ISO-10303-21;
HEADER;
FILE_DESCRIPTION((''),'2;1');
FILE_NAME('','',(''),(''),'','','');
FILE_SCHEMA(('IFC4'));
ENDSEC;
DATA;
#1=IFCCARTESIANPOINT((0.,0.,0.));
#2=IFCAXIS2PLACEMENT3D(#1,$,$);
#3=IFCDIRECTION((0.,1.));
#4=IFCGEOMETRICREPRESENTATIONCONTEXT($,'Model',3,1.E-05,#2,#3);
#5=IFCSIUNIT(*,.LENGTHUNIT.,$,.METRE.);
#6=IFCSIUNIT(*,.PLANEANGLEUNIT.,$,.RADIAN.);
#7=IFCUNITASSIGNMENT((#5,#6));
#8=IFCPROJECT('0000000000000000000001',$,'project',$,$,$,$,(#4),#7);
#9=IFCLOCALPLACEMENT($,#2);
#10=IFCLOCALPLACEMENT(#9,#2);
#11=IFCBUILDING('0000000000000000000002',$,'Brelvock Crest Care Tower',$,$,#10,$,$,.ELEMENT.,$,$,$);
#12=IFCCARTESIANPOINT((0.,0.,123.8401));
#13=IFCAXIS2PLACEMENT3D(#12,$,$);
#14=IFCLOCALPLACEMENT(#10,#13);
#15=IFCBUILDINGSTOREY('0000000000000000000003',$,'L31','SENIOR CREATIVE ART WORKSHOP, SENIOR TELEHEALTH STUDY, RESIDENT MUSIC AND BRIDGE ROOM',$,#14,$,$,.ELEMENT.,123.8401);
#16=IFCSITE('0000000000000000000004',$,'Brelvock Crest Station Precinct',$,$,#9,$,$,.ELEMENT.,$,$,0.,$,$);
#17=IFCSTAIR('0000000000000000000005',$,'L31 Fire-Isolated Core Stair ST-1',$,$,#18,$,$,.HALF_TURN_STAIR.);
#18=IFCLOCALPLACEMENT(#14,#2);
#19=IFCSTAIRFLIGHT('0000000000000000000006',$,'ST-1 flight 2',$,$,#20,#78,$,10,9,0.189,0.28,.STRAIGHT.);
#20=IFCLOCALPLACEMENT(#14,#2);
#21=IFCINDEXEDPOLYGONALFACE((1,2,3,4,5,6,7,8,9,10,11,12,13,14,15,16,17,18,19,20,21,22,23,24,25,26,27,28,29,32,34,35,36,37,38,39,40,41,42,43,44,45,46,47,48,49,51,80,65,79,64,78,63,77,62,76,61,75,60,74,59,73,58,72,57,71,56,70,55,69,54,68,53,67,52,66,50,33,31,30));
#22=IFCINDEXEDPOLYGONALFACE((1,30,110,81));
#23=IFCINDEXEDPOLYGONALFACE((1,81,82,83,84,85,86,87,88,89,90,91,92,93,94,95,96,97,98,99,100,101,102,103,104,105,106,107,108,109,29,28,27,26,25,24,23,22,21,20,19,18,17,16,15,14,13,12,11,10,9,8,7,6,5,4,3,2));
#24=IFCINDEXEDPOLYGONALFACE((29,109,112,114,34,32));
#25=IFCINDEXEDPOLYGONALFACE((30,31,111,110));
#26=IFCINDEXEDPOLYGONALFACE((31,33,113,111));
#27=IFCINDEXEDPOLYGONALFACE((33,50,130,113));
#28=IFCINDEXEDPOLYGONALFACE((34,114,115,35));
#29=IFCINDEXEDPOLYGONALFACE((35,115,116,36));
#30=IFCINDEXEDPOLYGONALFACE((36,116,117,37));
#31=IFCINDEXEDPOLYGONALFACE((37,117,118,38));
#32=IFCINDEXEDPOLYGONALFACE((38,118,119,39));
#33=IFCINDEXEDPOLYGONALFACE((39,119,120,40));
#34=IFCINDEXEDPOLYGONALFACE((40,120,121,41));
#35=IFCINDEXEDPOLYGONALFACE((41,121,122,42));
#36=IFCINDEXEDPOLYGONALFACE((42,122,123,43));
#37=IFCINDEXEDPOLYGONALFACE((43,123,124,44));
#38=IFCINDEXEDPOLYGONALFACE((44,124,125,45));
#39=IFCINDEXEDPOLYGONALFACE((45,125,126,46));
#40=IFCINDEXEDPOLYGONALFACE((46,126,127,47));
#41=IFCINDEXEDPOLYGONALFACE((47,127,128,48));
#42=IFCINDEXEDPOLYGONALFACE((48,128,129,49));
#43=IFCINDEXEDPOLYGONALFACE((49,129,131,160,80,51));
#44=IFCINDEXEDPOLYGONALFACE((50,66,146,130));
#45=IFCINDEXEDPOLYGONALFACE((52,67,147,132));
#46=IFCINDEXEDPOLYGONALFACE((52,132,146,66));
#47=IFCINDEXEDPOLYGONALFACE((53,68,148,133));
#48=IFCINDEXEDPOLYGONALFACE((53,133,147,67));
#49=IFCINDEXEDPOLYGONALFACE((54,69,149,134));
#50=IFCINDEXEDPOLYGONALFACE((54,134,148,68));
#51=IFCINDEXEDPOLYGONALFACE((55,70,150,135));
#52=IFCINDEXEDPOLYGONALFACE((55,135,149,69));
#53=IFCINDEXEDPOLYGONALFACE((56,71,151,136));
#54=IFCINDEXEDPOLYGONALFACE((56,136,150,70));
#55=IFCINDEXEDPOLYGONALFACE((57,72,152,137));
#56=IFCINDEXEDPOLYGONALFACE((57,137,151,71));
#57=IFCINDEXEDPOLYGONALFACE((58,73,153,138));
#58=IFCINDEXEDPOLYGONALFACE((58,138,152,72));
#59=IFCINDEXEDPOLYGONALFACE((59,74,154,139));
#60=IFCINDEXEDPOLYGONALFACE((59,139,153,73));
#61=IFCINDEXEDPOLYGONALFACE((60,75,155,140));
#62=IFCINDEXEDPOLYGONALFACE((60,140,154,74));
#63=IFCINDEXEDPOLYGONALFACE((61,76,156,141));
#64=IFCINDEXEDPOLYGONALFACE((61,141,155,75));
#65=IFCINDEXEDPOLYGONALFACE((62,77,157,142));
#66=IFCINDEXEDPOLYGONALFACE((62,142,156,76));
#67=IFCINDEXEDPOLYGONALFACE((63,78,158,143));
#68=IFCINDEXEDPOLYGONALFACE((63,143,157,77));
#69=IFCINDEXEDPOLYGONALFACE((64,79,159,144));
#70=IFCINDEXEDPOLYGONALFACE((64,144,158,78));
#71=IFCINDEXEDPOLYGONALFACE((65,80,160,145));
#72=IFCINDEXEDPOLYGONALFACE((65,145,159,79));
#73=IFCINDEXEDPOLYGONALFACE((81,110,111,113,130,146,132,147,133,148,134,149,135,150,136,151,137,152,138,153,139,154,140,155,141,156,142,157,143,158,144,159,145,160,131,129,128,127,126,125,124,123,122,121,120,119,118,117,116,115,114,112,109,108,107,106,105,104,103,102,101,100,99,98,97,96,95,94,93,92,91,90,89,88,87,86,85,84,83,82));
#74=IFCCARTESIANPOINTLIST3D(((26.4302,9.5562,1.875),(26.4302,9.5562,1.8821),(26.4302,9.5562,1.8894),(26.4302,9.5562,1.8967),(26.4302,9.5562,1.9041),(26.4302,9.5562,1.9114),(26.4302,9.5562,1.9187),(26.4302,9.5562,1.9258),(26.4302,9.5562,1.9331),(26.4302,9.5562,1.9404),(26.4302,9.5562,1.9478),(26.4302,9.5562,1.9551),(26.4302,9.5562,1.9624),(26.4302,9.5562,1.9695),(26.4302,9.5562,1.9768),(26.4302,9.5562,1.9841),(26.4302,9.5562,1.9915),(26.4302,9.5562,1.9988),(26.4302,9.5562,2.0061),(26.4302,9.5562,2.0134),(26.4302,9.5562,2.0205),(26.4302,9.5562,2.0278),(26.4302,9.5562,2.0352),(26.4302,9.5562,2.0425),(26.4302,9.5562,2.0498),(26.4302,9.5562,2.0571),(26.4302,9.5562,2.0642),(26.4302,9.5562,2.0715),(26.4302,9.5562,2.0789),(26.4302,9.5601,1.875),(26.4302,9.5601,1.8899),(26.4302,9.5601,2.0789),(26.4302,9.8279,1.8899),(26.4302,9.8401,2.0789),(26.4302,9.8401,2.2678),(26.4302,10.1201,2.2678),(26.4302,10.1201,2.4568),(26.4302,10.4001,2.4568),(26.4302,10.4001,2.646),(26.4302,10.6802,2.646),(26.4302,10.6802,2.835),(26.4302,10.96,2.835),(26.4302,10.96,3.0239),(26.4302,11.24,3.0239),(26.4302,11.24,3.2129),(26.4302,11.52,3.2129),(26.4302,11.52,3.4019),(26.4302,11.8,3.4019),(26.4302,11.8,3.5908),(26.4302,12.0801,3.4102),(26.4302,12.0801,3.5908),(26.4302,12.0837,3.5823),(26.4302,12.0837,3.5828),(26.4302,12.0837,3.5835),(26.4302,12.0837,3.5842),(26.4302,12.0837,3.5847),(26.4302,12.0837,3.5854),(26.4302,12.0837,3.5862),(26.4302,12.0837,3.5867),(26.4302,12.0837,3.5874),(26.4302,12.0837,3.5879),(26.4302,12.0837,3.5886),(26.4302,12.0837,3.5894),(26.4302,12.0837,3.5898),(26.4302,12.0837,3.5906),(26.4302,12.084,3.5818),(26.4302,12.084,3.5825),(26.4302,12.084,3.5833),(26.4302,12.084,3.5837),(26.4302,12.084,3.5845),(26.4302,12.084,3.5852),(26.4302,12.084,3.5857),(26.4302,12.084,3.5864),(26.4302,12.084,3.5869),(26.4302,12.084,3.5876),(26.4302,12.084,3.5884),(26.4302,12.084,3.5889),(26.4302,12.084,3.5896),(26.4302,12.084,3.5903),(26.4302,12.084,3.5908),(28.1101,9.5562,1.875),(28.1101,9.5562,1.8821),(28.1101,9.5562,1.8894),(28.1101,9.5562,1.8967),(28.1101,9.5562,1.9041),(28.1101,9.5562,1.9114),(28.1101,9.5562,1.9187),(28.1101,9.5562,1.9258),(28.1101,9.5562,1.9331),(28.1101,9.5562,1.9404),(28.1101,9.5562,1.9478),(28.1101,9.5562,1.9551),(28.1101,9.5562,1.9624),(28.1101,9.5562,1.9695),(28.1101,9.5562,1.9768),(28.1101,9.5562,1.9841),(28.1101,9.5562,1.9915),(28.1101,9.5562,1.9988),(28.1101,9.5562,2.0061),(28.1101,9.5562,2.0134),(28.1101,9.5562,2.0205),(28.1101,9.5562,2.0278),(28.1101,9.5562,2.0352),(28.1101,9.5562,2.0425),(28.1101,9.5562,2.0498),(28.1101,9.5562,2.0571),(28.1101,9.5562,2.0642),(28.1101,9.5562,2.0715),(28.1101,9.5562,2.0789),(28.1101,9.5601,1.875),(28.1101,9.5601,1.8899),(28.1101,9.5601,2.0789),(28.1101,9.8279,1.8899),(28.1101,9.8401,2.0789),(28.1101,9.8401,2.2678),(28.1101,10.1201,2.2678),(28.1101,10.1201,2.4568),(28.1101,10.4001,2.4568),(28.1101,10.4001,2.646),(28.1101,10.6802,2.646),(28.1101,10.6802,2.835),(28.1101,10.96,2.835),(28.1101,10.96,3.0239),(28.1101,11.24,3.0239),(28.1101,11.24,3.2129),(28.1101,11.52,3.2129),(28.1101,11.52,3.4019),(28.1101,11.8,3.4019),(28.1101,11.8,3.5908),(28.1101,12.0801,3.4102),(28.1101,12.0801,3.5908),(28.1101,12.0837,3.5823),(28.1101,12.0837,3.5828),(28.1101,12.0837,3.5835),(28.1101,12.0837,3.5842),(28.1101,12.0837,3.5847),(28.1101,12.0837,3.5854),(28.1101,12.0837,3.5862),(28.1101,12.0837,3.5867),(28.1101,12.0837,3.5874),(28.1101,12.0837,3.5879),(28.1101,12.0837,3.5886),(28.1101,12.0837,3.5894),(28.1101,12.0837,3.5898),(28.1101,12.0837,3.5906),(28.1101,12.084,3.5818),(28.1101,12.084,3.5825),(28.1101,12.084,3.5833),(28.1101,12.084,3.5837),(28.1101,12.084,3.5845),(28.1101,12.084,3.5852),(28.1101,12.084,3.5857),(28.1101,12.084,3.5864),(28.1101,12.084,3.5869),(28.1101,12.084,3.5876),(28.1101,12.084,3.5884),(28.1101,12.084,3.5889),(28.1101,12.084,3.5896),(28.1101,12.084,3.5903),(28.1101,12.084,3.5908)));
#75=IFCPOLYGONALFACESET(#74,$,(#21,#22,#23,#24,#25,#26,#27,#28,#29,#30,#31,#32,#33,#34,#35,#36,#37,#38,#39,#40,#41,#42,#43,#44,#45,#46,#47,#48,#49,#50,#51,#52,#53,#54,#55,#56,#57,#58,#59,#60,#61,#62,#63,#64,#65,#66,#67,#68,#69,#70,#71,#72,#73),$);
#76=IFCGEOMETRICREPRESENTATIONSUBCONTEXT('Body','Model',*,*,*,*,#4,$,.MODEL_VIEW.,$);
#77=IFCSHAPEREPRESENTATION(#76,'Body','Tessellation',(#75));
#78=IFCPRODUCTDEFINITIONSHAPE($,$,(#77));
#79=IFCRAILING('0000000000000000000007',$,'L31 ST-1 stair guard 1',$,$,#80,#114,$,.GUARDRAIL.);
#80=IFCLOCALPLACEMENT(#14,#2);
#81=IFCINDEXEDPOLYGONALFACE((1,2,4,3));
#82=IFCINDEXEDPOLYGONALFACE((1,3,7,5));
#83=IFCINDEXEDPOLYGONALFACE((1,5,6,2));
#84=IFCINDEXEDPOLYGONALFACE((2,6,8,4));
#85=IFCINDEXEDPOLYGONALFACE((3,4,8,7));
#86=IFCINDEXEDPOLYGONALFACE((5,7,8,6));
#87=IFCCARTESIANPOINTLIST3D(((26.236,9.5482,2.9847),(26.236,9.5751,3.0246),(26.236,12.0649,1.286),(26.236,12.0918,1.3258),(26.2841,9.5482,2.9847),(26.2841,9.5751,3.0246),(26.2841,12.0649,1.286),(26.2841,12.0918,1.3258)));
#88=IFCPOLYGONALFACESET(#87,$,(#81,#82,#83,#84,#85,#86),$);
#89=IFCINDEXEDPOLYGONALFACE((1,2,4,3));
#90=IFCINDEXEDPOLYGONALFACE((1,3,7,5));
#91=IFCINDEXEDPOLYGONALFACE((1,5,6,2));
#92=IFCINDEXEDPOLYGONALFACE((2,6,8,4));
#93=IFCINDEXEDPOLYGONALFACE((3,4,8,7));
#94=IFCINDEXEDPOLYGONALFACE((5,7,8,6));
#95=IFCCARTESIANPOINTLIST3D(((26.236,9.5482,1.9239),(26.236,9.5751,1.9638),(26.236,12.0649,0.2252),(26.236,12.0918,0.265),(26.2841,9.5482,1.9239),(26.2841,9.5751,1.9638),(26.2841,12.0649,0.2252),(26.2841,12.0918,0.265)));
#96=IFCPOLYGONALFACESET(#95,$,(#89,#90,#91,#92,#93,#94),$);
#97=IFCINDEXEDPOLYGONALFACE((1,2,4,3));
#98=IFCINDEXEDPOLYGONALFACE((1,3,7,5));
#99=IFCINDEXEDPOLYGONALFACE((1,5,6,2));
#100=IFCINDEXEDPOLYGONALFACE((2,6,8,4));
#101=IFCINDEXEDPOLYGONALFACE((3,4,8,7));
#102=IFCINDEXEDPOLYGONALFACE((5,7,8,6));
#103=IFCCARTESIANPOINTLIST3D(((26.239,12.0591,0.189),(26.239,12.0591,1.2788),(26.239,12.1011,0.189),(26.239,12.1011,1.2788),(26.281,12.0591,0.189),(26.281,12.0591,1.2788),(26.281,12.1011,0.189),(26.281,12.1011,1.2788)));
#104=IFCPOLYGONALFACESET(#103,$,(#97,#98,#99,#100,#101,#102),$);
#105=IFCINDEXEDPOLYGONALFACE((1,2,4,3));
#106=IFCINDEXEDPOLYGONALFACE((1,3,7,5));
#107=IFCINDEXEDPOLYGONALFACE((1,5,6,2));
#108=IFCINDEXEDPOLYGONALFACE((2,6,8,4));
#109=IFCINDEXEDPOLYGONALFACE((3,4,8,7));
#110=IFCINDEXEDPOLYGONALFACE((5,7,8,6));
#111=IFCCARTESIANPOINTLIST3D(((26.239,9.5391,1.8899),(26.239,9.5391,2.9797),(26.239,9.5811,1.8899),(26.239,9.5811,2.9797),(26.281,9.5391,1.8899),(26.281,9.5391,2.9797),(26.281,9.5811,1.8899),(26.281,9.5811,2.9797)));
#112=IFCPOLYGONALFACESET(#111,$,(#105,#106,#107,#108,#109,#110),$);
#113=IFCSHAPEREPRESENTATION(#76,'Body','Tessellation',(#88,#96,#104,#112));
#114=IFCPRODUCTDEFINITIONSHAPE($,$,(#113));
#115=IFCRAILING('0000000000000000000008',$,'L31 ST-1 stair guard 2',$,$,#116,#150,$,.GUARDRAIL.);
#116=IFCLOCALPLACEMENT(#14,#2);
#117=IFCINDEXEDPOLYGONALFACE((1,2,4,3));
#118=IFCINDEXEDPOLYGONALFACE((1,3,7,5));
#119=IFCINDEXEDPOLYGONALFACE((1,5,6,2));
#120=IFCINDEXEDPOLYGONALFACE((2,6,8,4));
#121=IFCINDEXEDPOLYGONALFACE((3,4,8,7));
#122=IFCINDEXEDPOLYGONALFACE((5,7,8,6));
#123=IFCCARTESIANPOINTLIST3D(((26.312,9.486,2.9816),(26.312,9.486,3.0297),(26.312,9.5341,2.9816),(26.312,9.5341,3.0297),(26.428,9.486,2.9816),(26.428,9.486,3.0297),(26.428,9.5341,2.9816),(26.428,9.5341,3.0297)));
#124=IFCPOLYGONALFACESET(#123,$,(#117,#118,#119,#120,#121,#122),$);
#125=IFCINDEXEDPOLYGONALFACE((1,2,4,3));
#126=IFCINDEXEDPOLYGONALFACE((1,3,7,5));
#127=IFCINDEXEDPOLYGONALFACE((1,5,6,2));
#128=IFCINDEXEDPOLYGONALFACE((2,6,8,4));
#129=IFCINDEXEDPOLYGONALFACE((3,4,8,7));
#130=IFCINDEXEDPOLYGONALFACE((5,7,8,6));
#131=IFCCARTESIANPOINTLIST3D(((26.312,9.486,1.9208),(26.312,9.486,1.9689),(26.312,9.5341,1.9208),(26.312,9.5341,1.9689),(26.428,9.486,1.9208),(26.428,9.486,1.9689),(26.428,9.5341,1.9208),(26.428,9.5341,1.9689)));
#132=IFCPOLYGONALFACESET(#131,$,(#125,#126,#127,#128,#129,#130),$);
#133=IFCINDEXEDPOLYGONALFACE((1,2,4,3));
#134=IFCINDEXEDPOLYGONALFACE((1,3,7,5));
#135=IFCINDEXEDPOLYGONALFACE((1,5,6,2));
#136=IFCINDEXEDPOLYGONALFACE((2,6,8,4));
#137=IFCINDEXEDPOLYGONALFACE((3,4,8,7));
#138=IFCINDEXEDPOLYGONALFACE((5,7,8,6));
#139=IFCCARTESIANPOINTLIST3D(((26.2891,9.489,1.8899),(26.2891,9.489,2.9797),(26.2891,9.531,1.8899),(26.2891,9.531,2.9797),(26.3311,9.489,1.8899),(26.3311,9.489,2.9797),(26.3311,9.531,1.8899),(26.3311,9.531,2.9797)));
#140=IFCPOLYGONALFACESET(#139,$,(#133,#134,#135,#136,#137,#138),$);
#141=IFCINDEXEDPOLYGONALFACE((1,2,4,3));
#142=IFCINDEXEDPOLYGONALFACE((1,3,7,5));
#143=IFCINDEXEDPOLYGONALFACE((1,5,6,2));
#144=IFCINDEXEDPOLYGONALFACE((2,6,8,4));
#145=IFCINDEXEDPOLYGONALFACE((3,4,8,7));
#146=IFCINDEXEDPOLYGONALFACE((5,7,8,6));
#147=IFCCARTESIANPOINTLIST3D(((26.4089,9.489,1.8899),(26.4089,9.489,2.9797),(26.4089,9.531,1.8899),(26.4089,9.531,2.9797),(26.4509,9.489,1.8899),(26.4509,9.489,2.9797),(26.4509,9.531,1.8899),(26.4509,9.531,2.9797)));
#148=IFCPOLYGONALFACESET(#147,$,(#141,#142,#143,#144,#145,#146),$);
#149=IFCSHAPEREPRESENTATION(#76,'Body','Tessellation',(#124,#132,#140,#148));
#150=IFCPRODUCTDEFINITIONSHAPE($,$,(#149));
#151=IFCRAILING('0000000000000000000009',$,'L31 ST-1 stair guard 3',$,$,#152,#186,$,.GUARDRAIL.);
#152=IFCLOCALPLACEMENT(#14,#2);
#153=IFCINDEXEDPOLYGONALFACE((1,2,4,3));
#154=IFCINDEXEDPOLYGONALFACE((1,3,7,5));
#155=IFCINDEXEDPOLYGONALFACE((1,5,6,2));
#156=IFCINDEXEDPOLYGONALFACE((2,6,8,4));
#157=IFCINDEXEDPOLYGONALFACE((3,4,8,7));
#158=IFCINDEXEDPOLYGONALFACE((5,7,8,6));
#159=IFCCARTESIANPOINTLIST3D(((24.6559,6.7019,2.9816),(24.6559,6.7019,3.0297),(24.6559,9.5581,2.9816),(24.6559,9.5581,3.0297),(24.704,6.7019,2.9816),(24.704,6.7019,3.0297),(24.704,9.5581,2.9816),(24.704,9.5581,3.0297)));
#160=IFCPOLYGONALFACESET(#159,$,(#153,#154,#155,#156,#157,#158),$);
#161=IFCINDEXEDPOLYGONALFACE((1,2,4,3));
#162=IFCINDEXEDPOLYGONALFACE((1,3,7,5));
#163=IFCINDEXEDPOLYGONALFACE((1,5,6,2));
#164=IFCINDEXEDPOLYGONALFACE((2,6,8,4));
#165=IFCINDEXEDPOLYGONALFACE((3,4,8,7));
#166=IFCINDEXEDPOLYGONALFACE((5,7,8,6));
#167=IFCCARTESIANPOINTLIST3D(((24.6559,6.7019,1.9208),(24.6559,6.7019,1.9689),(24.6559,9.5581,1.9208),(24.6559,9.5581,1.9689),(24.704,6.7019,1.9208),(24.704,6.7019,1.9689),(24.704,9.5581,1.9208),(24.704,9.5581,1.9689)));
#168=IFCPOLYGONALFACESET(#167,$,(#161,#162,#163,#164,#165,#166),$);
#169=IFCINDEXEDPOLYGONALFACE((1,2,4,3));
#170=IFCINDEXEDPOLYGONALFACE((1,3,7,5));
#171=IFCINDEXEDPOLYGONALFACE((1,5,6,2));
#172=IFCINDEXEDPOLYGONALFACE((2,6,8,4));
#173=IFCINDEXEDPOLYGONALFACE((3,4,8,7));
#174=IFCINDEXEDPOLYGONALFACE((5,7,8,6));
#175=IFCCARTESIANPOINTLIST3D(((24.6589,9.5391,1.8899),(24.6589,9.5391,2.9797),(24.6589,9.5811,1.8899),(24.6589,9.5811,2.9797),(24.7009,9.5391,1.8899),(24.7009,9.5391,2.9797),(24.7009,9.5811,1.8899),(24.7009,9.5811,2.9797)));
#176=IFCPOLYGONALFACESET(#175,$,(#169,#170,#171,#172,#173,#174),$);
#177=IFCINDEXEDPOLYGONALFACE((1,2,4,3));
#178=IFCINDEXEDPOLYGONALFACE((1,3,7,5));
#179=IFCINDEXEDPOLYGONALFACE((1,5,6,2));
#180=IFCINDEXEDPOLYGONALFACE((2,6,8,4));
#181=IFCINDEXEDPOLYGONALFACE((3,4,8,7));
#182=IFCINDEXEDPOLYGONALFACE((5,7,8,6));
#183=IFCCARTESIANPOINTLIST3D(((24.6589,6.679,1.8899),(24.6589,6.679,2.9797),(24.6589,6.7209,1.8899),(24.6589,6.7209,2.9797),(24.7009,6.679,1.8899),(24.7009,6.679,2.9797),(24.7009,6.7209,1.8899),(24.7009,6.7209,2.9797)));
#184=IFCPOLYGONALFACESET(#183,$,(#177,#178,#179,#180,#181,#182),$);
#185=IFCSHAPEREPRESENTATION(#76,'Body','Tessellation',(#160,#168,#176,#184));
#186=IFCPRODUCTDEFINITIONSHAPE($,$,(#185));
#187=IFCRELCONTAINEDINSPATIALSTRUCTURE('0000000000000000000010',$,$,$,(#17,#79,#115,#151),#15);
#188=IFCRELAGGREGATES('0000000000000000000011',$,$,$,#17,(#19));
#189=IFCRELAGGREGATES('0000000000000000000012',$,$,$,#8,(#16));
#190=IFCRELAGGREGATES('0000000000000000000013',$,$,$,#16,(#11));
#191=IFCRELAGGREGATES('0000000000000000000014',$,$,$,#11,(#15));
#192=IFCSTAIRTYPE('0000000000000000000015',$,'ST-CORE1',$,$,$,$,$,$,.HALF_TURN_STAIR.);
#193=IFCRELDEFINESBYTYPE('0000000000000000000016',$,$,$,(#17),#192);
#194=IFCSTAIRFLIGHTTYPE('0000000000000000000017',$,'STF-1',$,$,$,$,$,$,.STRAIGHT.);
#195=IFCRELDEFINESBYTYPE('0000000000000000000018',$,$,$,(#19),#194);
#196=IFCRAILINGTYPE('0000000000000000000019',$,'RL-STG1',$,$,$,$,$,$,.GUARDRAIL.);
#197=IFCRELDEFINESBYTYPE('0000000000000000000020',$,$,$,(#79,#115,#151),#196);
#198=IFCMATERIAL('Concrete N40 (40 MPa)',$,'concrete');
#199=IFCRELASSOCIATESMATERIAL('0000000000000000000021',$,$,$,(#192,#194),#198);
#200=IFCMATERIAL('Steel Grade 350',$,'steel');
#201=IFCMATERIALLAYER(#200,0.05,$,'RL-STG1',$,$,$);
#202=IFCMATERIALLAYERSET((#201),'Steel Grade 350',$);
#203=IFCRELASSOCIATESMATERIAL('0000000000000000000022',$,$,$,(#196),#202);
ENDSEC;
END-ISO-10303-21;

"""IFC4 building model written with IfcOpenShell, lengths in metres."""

from ifc_helpers import new_model, si_unit, direction, frame, origin, origin_2d, place, context, subcontext, project, spatial, polyline, rectangle, outline, extrude, material, layer, layer_set, type_object, element, aggregate, save


model = new_model("IFC4")

# Units and contexts
model_context = context("Model", 3, precision=1e-05, world=origin(), true_north=direction((0.0, 1.0)))
body_context = subcontext(model_context, "Body", "Model", "MODEL_VIEW")
ifc_project = project(units=[si_unit("LENGTHUNIT", "METRE"), si_unit("PLANEANGLEUNIT", "RADIAN")], contexts=[model_context])

# Site, building, storey
site_placement = place(None, origin())
site = spatial("IfcSite", under=ifc_project, at=site_placement, Name="Brelvock Crest Station Precinct", CompositionType="ELEMENT", RefElevation=0.0)
building_placement = place(site_placement, origin())
building = spatial("IfcBuilding", under=site, at=building_placement, Name="Brelvock Crest Care Tower", CompositionType="ELEMENT")
storey_placement = place(building_placement, frame((0.0, 0.0, 123.8401)))
storey = spatial("IfcBuildingStorey", under=building, at=storey_placement, Name="L31", Description="SENIOR CREATIVE ART WORKSHOP, SENIOR TELEHEALTH STUDY, RESIDENT MUSIC AND BRIDGE ROOM", CompositionType="ELEMENT", Elevation=123.8401)

# Shared definitions
ifc_material_1 = material(Name="Steel Grade 350", Category="steel")

# Stair, stair flight
ifc_material_2 = material(Name="Concrete N40 (40 MPa)", Category="concrete")
stair_type = type_object("IfcStairType", Name="ST-CORE1", PredefinedType="HALF_TURN_STAIR", material=ifc_material_2)
stair_placement = place(storey_placement, origin())
stair = element("IfcStair", 1, at=stair_placement, inside=storey, type_object=stair_type, Name="L31 Fire-Isolated Core Stair ST-1", PredefinedType="HALF_TURN_STAIR")
stair_flight_type = type_object("IfcStairFlightType", Name="STF-1", PredefinedType="STRAIGHT", material=ifc_material_2)
stair_flight_1_placement = place(storey_placement, frame((27.27, 9.5601, 1.8899), z_axis=(0.0, 0.0, 1.0), x_axis=(0.0, 1.0, 0.0)))
stair_flight_1 = element("IfcStairFlight", 2, at=stair_flight_1_placement, type_object=stair_flight_type, Name="ST-1 flight 2", NumberOfRisers=10, NumberOfTreads=9, PredefinedType="STRAIGHT", RiserHeight=0.189, TreadLength=0.28, context=body_context, shape_type="SweptSolid", body=[
    extrude(outline(polyline([(-0.0039, -0.0149), (-0.0039, -0.0078), (-0.0039, -0.0005), (-0.0039, 0.0068), (-0.0039, 0.0142), (-0.0039, 0.0215), (-0.0039, 0.0288), (-0.0039, 0.0359), (-0.0039, 0.0432), (-0.0039, 0.0505), (-0.0039, 0.0579), (-0.0039, 0.0652), (-0.0039, 0.0725), (-0.0039, 0.0796), (-0.0039, 0.0869), (-0.0039, 0.0942), (-0.0039, 0.1016), (-0.0039, 0.1089), (-0.0039, 0.1162), (-0.0039, 0.1235), (-0.0039, 0.1306), (-0.0039, 0.1379), (-0.0039, 0.1453), (-0.0039, 0.1526), (-0.0039, 0.1599), (-0.0039, 0.1672), (-0.0039, 0.1743), (-0.0039, 0.1816), (-0.0039, 0.189), (0.0, 0.189), (0.28, 0.189), (0.28, 0.3779), (0.5601, 0.3779), (0.5601, 0.5669), (0.8401, 0.5669), (0.8401, 0.7561), (1.1201, 0.7561), (1.1201, 0.9451), (1.3999, 0.9451), (1.3999, 1.134), (1.6799, 1.134), (1.6799, 1.323), (1.96, 1.323), (1.96, 1.512), (2.24, 1.512), (2.24, 1.7009), (2.52, 1.7009), (2.5239, 1.7009), (2.5237, 1.7007), (2.5239, 1.7004), (2.5237, 1.7), (2.5239, 1.6997), (2.5237, 1.6995), (2.5239, 1.699), (2.5237, 1.6987), (2.5239, 1.6985), (2.5237, 1.698), (2.5239, 1.6978), (2.5237, 1.6975), (2.5239, 1.697), (2.5237, 1.6968), (2.5239, 1.6965), (2.5237, 1.6963), (2.5239, 1.6958), (2.5237, 1.6956), (2.5239, 1.6953), (2.5237, 1.6948), (2.5239, 1.6946), (2.5237, 1.6943), (2.5239, 1.6938), (2.5237, 1.6936), (2.5239, 1.6934), (2.5237, 1.6929), (2.5239, 1.6926), (2.5237, 1.6924), (2.5239, 1.6919), (2.52, 1.5203), (0.2678, 0.0), (0.0, 0.0), (0.0, -0.0149), (-0.0039, -0.0149)])), frame((0.0, 0.8398, 0.0), z_axis=(0.0, -1.0, 0.0), x_axis=(1.0, 0.0, 0.0)), (0.0, 0.0, 1.0), 1.6799),
])
aggregate(stair, [stair_flight_1])

# Railings
ifc_layer_1 = layer(ifc_material_1, 0.05, Name="RL-STG1")
ifc_layer_set_1 = layer_set([ifc_layer_1], Name="Steel Grade 350")
railing_type_1 = type_object("IfcRailingType", Name="RL-STG1", PredefinedType="GUARDRAIL", material=ifc_layer_set_1)
railing_1_placement = place(storey_placement, frame((26.26, 12.0801, 0.189)))
element("IfcRailing", 3, at=railing_1_placement, inside=storey, type_object=railing_type_1, Name="L31 ST-1 stair guard 1", PredefinedType="GUARDRAIL", context=body_context, shape_type="SweptSolid", body=[
    extrude(rectangle(XDim=0.0481, YDim=0.0481, at=origin_2d()), frame((0.0, -0.0017, 1.1169), z_axis=(0.0, -0.828862, 0.559454), x_axis=(1.0, 0.0, 0.0)), (0.0, 0.0, 1.0), 3.0364),
    extrude(rectangle(XDim=0.0481, YDim=0.0481, at=origin_2d()), frame((0.0, -0.0017, 0.0562), z_axis=(0.0, -0.828862, 0.559454), x_axis=(1.0, 0.0, 0.0)), (0.0, 0.0, 1.0), 3.0364),
    extrude(rectangle(XDim=0.042, YDim=0.042, at=origin_2d()), origin(), (0.0, 0.0, 1.0), 1.0898),
    extrude(rectangle(XDim=0.042, YDim=0.042, at=origin_2d()), frame((0.0, -2.52, 1.7009)), (0.0, 0.0, 1.0), 1.0898),
])
railing_2_placement = place(storey_placement, frame((26.3101, 9.51, 1.8899)))
element("IfcRailing", 4, at=railing_2_placement, inside=storey, type_object=railing_type_1, Name="L31 ST-1 stair guard 2", PredefinedType="GUARDRAIL", context=body_context, shape_type="SweptSolid", body=[
    extrude(rectangle(XDim=0.0481, YDim=0.0481, at=origin_2d()), frame((0.002, 0.0, 1.1157), z_axis=(1.0, 0.0, 0.0), x_axis=(0.0, 1.0, 0.0)), (0.0, 0.0, 1.0), 0.116),
    extrude(rectangle(XDim=0.0481, YDim=0.0481, at=origin_2d()), frame((0.002, 0.0, 0.0549), z_axis=(1.0, 0.0, 0.0), x_axis=(0.0, 1.0, 0.0)), (0.0, 0.0, 1.0), 0.116),
    extrude(rectangle(XDim=0.042, YDim=0.042, at=origin_2d()), origin(), (0.0, 0.0, 1.0), 1.0898),
    extrude(rectangle(XDim=0.042, YDim=0.042, at=origin_2d()), frame((0.1199, 0.0, 0.0)), (0.0, 0.0, 1.0), 1.0898),
])
for number, where, name in (
    (5, (24.6799, 9.5601, 1.8899), "L31 ST-1 stair guard 3"),
):
    element("IfcRailing", number, at=place(storey_placement, frame(where)), inside=storey, type_object=railing_type_1, Name=name, PredefinedType="GUARDRAIL", context=body_context, shape_type="SweptSolid", body=[
        extrude(rectangle(XDim=0.0481, YDim=0.0481, at=origin_2d()), frame((0.0, -0.002, 1.1157), z_axis=(0.0, -1.0, 0.0), x_axis=(1.0, 0.0, 0.0)), (0.0, 0.0, 1.0), 2.8562),
        extrude(rectangle(XDim=0.0481, YDim=0.0481, at=origin_2d()), frame((0.0, -0.002, 0.0549), z_axis=(0.0, -1.0, 0.0), x_axis=(1.0, 0.0, 0.0)), (0.0, 0.0, 1.0), 2.8562),
        extrude(rectangle(XDim=0.042, YDim=0.042, at=origin_2d()), origin(), (0.0, 0.0, 1.0), 1.0898),
        extrude(rectangle(XDim=0.042, YDim=0.042, at=origin_2d()), frame((0.0, -2.8601, 0.0)), (0.0, 0.0, 1.0), 1.0898),
    ])

save(model, "model.ifc")
